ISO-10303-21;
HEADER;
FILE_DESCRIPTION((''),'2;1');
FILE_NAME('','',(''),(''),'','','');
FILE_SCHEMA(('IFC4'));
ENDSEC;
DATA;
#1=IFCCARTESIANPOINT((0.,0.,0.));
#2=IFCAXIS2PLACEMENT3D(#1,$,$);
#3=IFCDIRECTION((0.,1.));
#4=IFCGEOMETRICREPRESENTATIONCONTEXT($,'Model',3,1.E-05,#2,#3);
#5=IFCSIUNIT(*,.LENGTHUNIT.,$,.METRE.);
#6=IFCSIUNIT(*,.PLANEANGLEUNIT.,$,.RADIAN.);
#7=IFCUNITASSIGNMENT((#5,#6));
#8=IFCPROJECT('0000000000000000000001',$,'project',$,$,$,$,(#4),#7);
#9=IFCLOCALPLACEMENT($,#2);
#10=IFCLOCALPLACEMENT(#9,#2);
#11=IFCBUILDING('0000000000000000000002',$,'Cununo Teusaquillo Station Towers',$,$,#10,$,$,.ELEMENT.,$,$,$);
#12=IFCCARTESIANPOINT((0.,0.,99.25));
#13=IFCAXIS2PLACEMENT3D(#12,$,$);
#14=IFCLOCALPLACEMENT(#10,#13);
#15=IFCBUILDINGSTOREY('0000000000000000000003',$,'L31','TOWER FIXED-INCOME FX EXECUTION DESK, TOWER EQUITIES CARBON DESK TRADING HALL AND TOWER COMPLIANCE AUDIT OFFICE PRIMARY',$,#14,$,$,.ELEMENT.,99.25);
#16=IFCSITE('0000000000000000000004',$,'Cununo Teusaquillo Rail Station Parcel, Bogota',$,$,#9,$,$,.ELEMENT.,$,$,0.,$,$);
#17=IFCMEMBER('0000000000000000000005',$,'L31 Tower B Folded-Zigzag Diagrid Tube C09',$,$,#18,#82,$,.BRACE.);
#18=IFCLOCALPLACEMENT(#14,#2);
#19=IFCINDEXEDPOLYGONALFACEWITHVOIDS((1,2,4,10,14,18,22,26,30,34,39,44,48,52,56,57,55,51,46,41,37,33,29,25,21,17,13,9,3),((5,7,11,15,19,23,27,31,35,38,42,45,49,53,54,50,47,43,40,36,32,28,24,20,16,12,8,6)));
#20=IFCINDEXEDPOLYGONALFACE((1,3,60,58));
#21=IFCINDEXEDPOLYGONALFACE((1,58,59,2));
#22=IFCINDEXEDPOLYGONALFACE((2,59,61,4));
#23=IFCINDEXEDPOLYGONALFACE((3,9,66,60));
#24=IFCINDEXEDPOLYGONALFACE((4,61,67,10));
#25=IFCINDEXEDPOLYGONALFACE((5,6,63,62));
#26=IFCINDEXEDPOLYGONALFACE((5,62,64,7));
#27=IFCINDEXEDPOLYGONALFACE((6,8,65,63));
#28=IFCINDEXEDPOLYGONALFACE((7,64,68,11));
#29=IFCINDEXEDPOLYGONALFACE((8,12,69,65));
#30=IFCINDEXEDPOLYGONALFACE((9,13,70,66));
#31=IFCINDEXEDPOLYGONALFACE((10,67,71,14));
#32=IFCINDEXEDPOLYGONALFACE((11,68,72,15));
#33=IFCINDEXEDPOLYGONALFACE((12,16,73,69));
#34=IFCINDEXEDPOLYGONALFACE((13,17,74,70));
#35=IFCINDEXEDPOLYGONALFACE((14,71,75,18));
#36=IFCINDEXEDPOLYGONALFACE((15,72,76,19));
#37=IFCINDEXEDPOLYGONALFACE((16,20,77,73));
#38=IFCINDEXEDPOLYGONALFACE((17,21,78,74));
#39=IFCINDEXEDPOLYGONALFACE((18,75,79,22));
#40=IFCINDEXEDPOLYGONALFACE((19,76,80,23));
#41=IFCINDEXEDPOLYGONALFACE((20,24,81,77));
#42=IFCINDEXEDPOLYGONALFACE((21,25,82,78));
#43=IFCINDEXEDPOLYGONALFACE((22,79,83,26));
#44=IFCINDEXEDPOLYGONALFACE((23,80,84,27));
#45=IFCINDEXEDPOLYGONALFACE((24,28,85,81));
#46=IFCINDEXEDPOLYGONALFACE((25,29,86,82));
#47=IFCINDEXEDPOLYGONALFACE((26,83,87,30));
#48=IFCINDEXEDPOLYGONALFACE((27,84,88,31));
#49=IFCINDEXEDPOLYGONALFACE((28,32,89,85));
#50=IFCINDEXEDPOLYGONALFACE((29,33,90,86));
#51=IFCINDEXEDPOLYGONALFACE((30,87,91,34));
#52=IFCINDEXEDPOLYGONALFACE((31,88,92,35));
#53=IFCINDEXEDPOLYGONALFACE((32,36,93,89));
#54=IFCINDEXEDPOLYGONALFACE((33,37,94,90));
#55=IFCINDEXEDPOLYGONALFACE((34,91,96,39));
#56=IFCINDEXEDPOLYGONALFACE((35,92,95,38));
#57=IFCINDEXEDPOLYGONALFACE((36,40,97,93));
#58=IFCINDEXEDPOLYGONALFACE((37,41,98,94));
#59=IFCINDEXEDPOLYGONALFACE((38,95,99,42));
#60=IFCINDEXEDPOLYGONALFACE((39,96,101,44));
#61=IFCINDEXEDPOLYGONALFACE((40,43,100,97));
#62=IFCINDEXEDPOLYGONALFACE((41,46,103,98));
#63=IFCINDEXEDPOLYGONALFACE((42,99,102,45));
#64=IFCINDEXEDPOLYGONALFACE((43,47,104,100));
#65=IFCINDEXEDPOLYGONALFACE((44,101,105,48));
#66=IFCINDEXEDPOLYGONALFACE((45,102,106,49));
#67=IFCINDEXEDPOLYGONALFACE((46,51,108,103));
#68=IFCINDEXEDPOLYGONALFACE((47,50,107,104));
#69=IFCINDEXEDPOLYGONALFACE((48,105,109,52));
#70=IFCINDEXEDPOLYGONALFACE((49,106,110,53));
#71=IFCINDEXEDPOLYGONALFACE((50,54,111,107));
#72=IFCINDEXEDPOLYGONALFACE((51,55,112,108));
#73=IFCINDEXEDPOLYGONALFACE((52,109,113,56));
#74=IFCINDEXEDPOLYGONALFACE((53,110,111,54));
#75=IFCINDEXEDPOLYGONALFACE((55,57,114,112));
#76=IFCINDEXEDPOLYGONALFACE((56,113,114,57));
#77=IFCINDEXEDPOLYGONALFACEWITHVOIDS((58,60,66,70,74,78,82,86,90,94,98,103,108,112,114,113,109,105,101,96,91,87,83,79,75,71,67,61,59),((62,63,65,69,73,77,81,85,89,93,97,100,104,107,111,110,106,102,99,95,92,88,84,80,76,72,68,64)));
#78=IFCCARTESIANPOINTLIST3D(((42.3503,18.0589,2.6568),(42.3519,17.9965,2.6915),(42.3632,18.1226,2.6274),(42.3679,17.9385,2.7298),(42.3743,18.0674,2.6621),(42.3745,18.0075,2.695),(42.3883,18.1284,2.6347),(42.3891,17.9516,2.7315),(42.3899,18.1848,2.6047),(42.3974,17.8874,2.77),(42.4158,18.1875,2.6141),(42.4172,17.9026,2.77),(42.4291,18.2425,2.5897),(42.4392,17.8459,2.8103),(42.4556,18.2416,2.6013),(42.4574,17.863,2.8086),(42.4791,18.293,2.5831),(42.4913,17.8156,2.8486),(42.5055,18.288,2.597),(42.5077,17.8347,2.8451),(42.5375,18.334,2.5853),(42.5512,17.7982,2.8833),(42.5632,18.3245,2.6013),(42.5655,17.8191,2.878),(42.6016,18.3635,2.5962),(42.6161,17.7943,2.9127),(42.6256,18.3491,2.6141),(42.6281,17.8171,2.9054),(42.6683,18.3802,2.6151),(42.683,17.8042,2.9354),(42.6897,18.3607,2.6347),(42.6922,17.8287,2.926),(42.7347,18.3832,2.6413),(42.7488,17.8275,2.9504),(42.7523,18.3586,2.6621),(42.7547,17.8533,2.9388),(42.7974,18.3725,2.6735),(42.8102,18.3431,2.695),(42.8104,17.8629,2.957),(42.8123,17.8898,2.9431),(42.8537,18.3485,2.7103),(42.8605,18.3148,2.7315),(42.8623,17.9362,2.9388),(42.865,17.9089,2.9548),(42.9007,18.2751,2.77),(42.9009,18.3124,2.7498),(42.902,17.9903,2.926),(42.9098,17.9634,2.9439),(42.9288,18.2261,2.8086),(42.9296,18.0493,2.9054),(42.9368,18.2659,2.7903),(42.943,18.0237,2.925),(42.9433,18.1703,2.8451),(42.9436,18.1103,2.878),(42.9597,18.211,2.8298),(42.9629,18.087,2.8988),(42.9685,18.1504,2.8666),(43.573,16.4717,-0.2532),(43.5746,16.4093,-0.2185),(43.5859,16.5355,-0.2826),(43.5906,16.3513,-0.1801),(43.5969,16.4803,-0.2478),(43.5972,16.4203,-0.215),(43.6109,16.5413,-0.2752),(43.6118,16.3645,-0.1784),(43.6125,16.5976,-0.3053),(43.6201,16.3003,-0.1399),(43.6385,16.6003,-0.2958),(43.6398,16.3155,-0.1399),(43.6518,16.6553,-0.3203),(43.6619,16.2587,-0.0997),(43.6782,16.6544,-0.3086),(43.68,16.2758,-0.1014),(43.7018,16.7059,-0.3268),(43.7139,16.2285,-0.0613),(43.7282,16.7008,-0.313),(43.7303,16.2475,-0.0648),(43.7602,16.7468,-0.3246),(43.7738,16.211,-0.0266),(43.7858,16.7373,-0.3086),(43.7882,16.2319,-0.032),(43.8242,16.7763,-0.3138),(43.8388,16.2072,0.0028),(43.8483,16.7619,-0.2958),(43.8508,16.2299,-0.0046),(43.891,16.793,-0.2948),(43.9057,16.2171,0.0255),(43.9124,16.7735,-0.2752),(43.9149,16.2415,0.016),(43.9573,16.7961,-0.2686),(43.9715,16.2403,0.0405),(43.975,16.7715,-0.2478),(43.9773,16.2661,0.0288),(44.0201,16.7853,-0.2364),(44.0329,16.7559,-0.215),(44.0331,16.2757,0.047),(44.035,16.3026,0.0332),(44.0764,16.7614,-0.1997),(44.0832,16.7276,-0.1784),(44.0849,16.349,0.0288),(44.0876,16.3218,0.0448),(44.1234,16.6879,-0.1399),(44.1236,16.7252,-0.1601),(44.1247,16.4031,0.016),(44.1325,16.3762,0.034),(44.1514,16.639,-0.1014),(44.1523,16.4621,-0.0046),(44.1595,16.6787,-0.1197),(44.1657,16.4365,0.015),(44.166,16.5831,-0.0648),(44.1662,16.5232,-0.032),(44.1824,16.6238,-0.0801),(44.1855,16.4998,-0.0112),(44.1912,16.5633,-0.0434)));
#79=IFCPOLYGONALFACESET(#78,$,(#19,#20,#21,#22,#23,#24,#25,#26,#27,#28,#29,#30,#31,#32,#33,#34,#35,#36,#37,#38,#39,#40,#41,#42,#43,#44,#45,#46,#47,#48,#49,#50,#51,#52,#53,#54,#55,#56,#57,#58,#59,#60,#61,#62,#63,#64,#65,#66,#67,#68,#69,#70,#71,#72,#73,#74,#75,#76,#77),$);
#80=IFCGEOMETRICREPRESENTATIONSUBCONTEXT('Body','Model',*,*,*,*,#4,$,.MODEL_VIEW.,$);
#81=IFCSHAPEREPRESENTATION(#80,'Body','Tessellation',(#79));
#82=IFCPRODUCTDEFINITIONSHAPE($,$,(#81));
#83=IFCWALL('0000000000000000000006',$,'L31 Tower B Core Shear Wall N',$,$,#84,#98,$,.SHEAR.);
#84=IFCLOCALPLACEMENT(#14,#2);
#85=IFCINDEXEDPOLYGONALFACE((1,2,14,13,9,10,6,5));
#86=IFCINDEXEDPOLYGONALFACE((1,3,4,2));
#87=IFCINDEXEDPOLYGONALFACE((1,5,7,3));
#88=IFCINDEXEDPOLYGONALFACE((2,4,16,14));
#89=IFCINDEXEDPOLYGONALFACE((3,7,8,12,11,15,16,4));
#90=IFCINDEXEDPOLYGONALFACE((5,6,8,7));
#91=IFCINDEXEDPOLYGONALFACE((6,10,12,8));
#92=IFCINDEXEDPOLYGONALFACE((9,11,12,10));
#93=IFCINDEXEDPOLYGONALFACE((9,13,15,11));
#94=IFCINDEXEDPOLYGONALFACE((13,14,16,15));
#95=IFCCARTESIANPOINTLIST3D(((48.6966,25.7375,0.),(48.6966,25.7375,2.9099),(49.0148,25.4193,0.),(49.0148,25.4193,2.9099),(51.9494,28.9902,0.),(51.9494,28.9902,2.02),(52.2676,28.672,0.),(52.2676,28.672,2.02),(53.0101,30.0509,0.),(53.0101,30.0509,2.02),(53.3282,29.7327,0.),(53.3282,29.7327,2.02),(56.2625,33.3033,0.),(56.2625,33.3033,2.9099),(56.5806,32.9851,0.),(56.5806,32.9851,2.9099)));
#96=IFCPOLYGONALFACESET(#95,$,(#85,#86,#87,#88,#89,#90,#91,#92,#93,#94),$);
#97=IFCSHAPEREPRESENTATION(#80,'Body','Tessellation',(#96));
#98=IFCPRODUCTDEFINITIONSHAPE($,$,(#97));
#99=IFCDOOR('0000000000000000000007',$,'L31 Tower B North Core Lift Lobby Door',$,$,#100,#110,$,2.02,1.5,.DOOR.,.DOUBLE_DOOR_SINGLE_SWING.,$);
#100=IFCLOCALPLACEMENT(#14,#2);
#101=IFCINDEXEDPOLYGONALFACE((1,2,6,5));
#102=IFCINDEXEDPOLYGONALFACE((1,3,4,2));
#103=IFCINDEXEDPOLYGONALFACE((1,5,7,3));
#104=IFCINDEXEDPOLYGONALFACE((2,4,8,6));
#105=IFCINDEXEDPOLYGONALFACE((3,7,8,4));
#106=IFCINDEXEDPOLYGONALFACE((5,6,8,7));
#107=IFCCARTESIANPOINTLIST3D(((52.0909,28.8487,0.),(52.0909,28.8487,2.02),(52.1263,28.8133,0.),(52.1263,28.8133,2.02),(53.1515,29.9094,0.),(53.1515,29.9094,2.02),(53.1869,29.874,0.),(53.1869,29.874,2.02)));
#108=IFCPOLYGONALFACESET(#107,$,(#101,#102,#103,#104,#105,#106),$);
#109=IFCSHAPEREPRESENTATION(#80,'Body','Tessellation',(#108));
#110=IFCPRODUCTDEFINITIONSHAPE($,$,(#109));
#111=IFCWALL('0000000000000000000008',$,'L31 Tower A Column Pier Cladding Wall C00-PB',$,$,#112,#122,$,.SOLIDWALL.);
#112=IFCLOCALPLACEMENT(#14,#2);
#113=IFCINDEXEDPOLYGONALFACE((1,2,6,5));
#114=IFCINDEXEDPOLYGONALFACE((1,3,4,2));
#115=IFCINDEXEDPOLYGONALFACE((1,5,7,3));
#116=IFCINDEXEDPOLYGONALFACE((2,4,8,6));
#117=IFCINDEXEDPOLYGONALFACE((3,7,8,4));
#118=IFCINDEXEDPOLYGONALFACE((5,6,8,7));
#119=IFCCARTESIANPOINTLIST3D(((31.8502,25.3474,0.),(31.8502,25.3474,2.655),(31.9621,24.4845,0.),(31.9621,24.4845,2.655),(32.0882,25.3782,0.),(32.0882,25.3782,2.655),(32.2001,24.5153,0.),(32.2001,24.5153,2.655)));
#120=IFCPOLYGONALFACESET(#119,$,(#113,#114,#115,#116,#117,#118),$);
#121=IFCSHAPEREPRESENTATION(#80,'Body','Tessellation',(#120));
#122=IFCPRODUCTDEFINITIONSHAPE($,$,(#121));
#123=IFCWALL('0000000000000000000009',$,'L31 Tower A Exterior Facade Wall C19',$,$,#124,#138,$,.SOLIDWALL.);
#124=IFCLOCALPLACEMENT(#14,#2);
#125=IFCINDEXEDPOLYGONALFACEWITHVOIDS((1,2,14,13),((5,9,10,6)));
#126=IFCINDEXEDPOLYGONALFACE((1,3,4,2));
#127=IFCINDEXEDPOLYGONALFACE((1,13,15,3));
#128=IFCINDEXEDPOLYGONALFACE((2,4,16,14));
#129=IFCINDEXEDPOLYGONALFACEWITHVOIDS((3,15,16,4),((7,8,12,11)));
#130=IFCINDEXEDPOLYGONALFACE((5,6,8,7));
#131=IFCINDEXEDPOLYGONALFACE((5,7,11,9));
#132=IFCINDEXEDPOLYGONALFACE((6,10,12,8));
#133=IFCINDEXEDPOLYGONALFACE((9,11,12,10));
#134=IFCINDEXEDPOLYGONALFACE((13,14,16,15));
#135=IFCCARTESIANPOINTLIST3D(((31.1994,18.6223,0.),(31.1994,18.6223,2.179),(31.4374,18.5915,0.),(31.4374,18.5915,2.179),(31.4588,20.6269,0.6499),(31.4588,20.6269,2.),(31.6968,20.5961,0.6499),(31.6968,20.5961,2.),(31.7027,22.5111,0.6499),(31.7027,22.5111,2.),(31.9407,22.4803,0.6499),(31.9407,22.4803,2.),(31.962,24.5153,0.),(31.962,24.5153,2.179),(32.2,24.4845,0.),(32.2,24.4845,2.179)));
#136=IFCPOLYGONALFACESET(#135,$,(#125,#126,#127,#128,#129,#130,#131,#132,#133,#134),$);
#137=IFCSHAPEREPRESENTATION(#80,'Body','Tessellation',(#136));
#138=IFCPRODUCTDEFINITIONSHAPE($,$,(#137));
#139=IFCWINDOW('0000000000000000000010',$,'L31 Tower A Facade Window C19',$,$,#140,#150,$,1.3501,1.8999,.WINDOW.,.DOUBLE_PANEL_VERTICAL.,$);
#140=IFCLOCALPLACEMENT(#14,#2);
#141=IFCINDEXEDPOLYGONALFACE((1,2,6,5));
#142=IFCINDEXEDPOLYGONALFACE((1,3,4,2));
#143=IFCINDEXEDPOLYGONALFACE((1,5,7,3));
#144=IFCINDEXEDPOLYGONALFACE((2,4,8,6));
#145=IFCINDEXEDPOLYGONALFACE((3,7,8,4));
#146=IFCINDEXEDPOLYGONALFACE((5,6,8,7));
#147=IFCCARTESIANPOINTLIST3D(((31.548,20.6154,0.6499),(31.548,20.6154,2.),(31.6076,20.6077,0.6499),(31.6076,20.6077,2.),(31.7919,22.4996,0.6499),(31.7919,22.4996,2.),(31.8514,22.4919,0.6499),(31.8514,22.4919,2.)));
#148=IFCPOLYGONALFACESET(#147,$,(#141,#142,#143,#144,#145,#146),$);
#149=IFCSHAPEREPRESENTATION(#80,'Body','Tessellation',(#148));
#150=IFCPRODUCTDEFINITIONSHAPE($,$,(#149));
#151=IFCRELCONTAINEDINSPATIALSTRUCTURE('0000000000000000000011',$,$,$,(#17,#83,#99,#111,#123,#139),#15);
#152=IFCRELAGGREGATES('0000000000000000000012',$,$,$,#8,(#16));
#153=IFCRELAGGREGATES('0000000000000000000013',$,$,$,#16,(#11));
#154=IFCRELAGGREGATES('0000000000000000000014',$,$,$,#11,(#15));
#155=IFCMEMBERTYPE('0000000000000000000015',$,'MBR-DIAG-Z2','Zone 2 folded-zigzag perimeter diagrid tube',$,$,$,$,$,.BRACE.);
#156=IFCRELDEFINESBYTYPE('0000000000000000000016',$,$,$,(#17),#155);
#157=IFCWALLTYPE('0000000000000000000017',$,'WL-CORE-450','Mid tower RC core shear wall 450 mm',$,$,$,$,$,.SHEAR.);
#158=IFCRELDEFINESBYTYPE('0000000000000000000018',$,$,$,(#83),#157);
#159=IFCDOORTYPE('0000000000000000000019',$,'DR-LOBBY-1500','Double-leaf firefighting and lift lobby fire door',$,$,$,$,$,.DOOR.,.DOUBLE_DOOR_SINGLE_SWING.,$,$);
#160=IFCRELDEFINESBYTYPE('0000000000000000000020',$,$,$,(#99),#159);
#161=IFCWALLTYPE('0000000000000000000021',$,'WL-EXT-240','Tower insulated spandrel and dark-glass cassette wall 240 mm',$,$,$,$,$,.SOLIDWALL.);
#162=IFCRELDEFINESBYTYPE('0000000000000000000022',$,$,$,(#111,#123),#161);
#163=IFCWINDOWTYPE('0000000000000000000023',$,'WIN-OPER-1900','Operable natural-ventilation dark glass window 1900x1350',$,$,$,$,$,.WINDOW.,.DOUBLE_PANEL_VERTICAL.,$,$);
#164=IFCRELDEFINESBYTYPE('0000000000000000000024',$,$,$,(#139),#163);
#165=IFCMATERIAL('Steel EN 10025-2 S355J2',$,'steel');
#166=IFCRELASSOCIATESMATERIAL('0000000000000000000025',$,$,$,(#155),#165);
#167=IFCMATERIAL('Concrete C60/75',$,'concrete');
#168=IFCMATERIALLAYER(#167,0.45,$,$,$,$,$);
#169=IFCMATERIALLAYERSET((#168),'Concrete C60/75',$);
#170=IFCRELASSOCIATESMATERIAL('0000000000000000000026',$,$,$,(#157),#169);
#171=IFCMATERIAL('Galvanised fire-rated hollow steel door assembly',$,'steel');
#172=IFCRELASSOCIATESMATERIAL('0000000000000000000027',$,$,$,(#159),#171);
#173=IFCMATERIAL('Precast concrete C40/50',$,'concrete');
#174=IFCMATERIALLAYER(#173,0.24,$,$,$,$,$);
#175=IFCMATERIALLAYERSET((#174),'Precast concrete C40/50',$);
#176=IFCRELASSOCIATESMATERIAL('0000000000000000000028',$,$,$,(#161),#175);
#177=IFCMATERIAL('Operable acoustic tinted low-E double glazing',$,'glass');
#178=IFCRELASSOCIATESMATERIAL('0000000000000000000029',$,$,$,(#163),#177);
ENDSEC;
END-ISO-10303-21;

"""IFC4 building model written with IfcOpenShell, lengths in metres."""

from ifc_helpers import new_model, si_unit, direction, frame, frame_2d, origin, origin_2d, place, context, subcontext, project, spatial, rectangle, hollow_circle, extrude, source, transform, mapped, material, layer, layer_set, material_profile, profile_set, type_object, element, fill, save


model = new_model("IFC4")

# Units and contexts
model_context = context("Model", 3, precision=1e-05, world=origin(), true_north=direction((0.0, 1.0)))
body_context = subcontext(model_context, "Body", "Model", "MODEL_VIEW")
ifc_project = project(units=[si_unit("LENGTHUNIT", "METRE"), si_unit("PLANEANGLEUNIT", "RADIAN")], contexts=[model_context])

# Site, building, storey
site_placement = place(None, origin())
site = spatial("IfcSite", under=ifc_project, at=site_placement, Name="Cununo Teusaquillo Rail Station Parcel, Bogota", CompositionType="ELEMENT", RefElevation=0.0)
building_placement = place(site_placement, origin())
building = spatial("IfcBuilding", under=site, at=building_placement, Name="Cununo Teusaquillo Station Towers", CompositionType="ELEMENT")
storey_placement = place(building_placement, frame((0.0, 0.0, 99.25)))
storey = spatial("IfcBuildingStorey", under=building, at=storey_placement, Name="L31", Description="TOWER FIXED-INCOME FX EXECUTION DESK, TOWER EQUITIES CARBON DESK TRADING HALL AND TOWER COMPLIANCE AUDIT OFFICE PRIMARY", CompositionType="ELEMENT", Elevation=99.25)

# Member
ifc_material_1 = material(Name="Steel EN 10025-2 S355J2", Category="steel")
ifc_material_profile_1 = material_profile(ifc_material_1, hollow_circle(Radius=0.3301, WallThickness=0.0249, at=origin_2d()), Name="CHS 660x25")
ifc_profile_set_1 = profile_set([ifc_material_profile_1], Name="Steel EN 10025-2 S355J2")
member_type_1 = type_object("IfcMemberType", Name="MBR-DIAG-Z2", Description="Zone 2 folded-zigzag perimeter diagrid tube", PredefinedType="BRACE", material=ifc_profile_set_1)
member_1_placement = place(storey_placement, frame((43.8816, 16.5017, -0.1399), z_axis=(-0.346075, 0.449248, 0.823656), x_axis=(-0.792198, -0.610264, 0.0)))
element("IfcMember", 1, at=member_1_placement, inside=storey, type_object=member_type_1, Name="L31 Tower B Folded-Zigzag Diagrid Tube C09", PredefinedType="BRACE", context=body_context, shape_type="SweptSolid", body=[
    extrude(hollow_circle(Radius=0.3301, WallThickness=0.0249, at=origin_2d()), origin(), (0.0, 0.0, 1.0), 3.533),
])

# Wall, opening, door
ifc_material_2 = material(Name="Concrete C60/75", Category="concrete")
ifc_layer_1 = layer(ifc_material_2, 0.45)
ifc_layer_set_1 = layer_set([ifc_layer_1], Name="Concrete C60/75")
wall_type_1 = type_object("IfcWallType", Name="WL-CORE-450", Description="Mid tower RC core shear wall 450 mm", PredefinedType="SHEAR", material=ifc_layer_set_1)
wall_1_placement = place(storey_placement, frame((48.8557, 25.5784, 0.0), z_axis=(0.0, 0.0, 1.0), x_axis=(0.707107, 0.707107, 0.0)))
wall_1 = element("IfcWall", 2, at=wall_1_placement, inside=storey, type_object=wall_type_1, Name="L31 Tower B Core Shear Wall N", PredefinedType="SHEAR", context=body_context, shape_type="SweptSolid", body=[
    extrude(rectangle(XDim=10.6997, YDim=0.45, at=frame_2d((5.3499, 0.0))), origin(), (0.0, 0.0, 1.0), 2.9099),
])
shared_shape_1 = source(origin(), body_context, "Body", "SweptSolid", [
    extrude(rectangle(XDim=1.5, YDim=2.02, at=frame_2d((0.75, 1.01))), frame((0.0, 0.2349, 0.0), z_axis=(0.0, -1.0, 0.0), x_axis=(1.0, 0.0, 0.0)), (0.0, 0.0, 1.0), 0.47),
])
opening_1_placement = place(wall_1_placement, frame((4.6001, 0.0, 0.0)))
opening_1 = element("IfcOpeningElement", 3, at=opening_1_placement, cuts=wall_1, PredefinedType="OPENING", context=body_context, shape_type="MappedRepresentation", body=[
    mapped(shared_shape_1, transform((0.0, 0.0, 0.0), x_axis=(1.0, 0.0, 0.0), y_axis=(0.0, 1.0, 0.0), z_axis=(0.0, 0.0, 1.0), scale=1.0)),
])
ifc_material_3 = material(Name="Galvanised fire-rated hollow steel door assembly", Category="steel")
door_type_1 = type_object("IfcDoorType", Name="DR-LOBBY-1500", Description="Double-leaf firefighting and lift lobby fire door", OperationType="DOUBLE_DOOR_SINGLE_SWING", PredefinedType="DOOR", material=ifc_material_3)
shared_shape_2 = source(origin(), body_context, "Body", "SweptSolid", [
    extrude(rectangle(XDim=1.5, YDim=2.02, at=frame_2d((0.75, 1.01))), frame((0.0, 0.0249, 0.0), z_axis=(0.0, -1.0, 0.0), x_axis=(1.0, 0.0, 0.0)), (0.0, 0.0, 1.0), 0.05),
])
door_1_placement = place(opening_1_placement, origin())
door_1 = element("IfcDoor", 4, at=door_1_placement, inside=storey, type_object=door_type_1, Name="L31 Tower B North Core Lift Lobby Door", OperationType="DOUBLE_DOOR_SINGLE_SWING", OverallHeight=2.02, OverallWidth=1.5, PredefinedType="DOOR", context=body_context, shape_type="MappedRepresentation", body=[
    mapped(shared_shape_2, transform((0.0, 0.0, 0.0), x_axis=(1.0, 0.0, 0.0), y_axis=(0.0, 1.0, 0.0), z_axis=(0.0, 0.0, 1.0), scale=1.0)),
])
fill(opening_1, door_1)

# Wall
ifc_material_4 = material(Name="Precast concrete C40/50", Category="concrete")
ifc_layer_2 = layer(ifc_material_4, 0.24)
ifc_layer_set_2 = layer_set([ifc_layer_2], Name="Precast concrete C40/50")
wall_type_2 = type_object("IfcWallType", Name="WL-EXT-240", Description="Tower insulated spandrel and dark-glass cassette wall 240 mm", PredefinedType="SOLIDWALL", material=ifc_layer_set_2)
wall_2_placement = place(storey_placement, frame((31.9692, 25.3628, 0.0), z_axis=(0.0, 0.0, 1.0), x_axis=(0.128523, -0.991706, 0.0)))
element("IfcWall", 5, at=wall_2_placement, inside=storey, type_object=wall_type_2, Name="L31 Tower A Column Pier Cladding Wall C00-PB", PredefinedType="SOLIDWALL", context=body_context, shape_type="SweptSolid", body=[
    extrude(rectangle(XDim=0.8701, YDim=0.24, at=frame_2d((0.4351, 0.0))), origin(), (0.0, 0.0, 1.0), 2.655),
])

# Wall, opening, window
wall_3_placement = place(storey_placement, frame((32.0811, 24.5, 0.0), z_axis=(0.0, 0.0, 1.0), x_axis=(-0.128352, -0.991729, 0.0)))
wall_3 = element("IfcWall", 6, at=wall_3_placement, inside=storey, type_object=wall_type_2, Name="L31 Tower A Exterior Facade Wall C19", PredefinedType="SOLIDWALL", context=body_context, shape_type="SweptSolid", body=[
    extrude(rectangle(XDim=5.9421, YDim=0.24, at=frame_2d((2.9712, 0.0))), origin(), (0.0, 0.0, 1.0), 2.179),
])
shared_shape_3 = source(origin(), body_context, "Body", "SweptSolid", [
    extrude(rectangle(XDim=1.8999, YDim=1.3501, at=frame_2d((0.95, 0.675))), frame((0.0, 0.1299, 0.0), z_axis=(0.0, -1.0, 0.0), x_axis=(1.0, 0.0, 0.0)), (0.0, 0.0, 1.0), 0.26),
])
opening_2_placement = place(wall_3_placement, frame((2.021, 0.0, 0.6499)))
opening_2 = element("IfcOpeningElement", 7, at=opening_2_placement, cuts=wall_3, PredefinedType="OPENING", context=body_context, shape_type="MappedRepresentation", body=[
    mapped(shared_shape_3, transform((0.0, 0.0, 0.0), x_axis=(1.0, 0.0, 0.0), y_axis=(0.0, 1.0, 0.0), z_axis=(0.0, 0.0, 1.0), scale=1.0)),
])
ifc_material_5 = material(Name="Operable acoustic tinted low-E double glazing", Category="glass")
window_type_1 = type_object("IfcWindowType", Name="WIN-OPER-1900", Description="Operable natural-ventilation dark glass window 1900x1350", PartitioningType="DOUBLE_PANEL_VERTICAL", PredefinedType="WINDOW", material=ifc_material_5)
shared_shape_4 = source(origin(), body_context, "Body", "SweptSolid", [
    extrude(rectangle(XDim=1.8999, YDim=1.3501, at=frame_2d((0.95, 0.675))), frame((0.0, 0.03, 0.0), z_axis=(0.0, -1.0, 0.0), x_axis=(1.0, 0.0, 0.0)), (0.0, 0.0, 1.0), 0.0601),
])
window_1_placement = place(opening_2_placement, origin())
window_1 = element("IfcWindow", 8, at=window_1_placement, inside=storey, type_object=window_type_1, Name="L31 Tower A Facade Window C19", OverallHeight=1.3501, OverallWidth=1.8999, PartitioningType="DOUBLE_PANEL_VERTICAL", PredefinedType="WINDOW", context=body_context, shape_type="MappedRepresentation", body=[
    mapped(shared_shape_4, transform((0.0, 0.0, 0.0), x_axis=(1.0, 0.0, 0.0), y_axis=(0.0, 1.0, 0.0), z_axis=(0.0, 0.0, 1.0), scale=1.0)),
])
fill(opening_2, window_1)

save(model, "model.ifc")
